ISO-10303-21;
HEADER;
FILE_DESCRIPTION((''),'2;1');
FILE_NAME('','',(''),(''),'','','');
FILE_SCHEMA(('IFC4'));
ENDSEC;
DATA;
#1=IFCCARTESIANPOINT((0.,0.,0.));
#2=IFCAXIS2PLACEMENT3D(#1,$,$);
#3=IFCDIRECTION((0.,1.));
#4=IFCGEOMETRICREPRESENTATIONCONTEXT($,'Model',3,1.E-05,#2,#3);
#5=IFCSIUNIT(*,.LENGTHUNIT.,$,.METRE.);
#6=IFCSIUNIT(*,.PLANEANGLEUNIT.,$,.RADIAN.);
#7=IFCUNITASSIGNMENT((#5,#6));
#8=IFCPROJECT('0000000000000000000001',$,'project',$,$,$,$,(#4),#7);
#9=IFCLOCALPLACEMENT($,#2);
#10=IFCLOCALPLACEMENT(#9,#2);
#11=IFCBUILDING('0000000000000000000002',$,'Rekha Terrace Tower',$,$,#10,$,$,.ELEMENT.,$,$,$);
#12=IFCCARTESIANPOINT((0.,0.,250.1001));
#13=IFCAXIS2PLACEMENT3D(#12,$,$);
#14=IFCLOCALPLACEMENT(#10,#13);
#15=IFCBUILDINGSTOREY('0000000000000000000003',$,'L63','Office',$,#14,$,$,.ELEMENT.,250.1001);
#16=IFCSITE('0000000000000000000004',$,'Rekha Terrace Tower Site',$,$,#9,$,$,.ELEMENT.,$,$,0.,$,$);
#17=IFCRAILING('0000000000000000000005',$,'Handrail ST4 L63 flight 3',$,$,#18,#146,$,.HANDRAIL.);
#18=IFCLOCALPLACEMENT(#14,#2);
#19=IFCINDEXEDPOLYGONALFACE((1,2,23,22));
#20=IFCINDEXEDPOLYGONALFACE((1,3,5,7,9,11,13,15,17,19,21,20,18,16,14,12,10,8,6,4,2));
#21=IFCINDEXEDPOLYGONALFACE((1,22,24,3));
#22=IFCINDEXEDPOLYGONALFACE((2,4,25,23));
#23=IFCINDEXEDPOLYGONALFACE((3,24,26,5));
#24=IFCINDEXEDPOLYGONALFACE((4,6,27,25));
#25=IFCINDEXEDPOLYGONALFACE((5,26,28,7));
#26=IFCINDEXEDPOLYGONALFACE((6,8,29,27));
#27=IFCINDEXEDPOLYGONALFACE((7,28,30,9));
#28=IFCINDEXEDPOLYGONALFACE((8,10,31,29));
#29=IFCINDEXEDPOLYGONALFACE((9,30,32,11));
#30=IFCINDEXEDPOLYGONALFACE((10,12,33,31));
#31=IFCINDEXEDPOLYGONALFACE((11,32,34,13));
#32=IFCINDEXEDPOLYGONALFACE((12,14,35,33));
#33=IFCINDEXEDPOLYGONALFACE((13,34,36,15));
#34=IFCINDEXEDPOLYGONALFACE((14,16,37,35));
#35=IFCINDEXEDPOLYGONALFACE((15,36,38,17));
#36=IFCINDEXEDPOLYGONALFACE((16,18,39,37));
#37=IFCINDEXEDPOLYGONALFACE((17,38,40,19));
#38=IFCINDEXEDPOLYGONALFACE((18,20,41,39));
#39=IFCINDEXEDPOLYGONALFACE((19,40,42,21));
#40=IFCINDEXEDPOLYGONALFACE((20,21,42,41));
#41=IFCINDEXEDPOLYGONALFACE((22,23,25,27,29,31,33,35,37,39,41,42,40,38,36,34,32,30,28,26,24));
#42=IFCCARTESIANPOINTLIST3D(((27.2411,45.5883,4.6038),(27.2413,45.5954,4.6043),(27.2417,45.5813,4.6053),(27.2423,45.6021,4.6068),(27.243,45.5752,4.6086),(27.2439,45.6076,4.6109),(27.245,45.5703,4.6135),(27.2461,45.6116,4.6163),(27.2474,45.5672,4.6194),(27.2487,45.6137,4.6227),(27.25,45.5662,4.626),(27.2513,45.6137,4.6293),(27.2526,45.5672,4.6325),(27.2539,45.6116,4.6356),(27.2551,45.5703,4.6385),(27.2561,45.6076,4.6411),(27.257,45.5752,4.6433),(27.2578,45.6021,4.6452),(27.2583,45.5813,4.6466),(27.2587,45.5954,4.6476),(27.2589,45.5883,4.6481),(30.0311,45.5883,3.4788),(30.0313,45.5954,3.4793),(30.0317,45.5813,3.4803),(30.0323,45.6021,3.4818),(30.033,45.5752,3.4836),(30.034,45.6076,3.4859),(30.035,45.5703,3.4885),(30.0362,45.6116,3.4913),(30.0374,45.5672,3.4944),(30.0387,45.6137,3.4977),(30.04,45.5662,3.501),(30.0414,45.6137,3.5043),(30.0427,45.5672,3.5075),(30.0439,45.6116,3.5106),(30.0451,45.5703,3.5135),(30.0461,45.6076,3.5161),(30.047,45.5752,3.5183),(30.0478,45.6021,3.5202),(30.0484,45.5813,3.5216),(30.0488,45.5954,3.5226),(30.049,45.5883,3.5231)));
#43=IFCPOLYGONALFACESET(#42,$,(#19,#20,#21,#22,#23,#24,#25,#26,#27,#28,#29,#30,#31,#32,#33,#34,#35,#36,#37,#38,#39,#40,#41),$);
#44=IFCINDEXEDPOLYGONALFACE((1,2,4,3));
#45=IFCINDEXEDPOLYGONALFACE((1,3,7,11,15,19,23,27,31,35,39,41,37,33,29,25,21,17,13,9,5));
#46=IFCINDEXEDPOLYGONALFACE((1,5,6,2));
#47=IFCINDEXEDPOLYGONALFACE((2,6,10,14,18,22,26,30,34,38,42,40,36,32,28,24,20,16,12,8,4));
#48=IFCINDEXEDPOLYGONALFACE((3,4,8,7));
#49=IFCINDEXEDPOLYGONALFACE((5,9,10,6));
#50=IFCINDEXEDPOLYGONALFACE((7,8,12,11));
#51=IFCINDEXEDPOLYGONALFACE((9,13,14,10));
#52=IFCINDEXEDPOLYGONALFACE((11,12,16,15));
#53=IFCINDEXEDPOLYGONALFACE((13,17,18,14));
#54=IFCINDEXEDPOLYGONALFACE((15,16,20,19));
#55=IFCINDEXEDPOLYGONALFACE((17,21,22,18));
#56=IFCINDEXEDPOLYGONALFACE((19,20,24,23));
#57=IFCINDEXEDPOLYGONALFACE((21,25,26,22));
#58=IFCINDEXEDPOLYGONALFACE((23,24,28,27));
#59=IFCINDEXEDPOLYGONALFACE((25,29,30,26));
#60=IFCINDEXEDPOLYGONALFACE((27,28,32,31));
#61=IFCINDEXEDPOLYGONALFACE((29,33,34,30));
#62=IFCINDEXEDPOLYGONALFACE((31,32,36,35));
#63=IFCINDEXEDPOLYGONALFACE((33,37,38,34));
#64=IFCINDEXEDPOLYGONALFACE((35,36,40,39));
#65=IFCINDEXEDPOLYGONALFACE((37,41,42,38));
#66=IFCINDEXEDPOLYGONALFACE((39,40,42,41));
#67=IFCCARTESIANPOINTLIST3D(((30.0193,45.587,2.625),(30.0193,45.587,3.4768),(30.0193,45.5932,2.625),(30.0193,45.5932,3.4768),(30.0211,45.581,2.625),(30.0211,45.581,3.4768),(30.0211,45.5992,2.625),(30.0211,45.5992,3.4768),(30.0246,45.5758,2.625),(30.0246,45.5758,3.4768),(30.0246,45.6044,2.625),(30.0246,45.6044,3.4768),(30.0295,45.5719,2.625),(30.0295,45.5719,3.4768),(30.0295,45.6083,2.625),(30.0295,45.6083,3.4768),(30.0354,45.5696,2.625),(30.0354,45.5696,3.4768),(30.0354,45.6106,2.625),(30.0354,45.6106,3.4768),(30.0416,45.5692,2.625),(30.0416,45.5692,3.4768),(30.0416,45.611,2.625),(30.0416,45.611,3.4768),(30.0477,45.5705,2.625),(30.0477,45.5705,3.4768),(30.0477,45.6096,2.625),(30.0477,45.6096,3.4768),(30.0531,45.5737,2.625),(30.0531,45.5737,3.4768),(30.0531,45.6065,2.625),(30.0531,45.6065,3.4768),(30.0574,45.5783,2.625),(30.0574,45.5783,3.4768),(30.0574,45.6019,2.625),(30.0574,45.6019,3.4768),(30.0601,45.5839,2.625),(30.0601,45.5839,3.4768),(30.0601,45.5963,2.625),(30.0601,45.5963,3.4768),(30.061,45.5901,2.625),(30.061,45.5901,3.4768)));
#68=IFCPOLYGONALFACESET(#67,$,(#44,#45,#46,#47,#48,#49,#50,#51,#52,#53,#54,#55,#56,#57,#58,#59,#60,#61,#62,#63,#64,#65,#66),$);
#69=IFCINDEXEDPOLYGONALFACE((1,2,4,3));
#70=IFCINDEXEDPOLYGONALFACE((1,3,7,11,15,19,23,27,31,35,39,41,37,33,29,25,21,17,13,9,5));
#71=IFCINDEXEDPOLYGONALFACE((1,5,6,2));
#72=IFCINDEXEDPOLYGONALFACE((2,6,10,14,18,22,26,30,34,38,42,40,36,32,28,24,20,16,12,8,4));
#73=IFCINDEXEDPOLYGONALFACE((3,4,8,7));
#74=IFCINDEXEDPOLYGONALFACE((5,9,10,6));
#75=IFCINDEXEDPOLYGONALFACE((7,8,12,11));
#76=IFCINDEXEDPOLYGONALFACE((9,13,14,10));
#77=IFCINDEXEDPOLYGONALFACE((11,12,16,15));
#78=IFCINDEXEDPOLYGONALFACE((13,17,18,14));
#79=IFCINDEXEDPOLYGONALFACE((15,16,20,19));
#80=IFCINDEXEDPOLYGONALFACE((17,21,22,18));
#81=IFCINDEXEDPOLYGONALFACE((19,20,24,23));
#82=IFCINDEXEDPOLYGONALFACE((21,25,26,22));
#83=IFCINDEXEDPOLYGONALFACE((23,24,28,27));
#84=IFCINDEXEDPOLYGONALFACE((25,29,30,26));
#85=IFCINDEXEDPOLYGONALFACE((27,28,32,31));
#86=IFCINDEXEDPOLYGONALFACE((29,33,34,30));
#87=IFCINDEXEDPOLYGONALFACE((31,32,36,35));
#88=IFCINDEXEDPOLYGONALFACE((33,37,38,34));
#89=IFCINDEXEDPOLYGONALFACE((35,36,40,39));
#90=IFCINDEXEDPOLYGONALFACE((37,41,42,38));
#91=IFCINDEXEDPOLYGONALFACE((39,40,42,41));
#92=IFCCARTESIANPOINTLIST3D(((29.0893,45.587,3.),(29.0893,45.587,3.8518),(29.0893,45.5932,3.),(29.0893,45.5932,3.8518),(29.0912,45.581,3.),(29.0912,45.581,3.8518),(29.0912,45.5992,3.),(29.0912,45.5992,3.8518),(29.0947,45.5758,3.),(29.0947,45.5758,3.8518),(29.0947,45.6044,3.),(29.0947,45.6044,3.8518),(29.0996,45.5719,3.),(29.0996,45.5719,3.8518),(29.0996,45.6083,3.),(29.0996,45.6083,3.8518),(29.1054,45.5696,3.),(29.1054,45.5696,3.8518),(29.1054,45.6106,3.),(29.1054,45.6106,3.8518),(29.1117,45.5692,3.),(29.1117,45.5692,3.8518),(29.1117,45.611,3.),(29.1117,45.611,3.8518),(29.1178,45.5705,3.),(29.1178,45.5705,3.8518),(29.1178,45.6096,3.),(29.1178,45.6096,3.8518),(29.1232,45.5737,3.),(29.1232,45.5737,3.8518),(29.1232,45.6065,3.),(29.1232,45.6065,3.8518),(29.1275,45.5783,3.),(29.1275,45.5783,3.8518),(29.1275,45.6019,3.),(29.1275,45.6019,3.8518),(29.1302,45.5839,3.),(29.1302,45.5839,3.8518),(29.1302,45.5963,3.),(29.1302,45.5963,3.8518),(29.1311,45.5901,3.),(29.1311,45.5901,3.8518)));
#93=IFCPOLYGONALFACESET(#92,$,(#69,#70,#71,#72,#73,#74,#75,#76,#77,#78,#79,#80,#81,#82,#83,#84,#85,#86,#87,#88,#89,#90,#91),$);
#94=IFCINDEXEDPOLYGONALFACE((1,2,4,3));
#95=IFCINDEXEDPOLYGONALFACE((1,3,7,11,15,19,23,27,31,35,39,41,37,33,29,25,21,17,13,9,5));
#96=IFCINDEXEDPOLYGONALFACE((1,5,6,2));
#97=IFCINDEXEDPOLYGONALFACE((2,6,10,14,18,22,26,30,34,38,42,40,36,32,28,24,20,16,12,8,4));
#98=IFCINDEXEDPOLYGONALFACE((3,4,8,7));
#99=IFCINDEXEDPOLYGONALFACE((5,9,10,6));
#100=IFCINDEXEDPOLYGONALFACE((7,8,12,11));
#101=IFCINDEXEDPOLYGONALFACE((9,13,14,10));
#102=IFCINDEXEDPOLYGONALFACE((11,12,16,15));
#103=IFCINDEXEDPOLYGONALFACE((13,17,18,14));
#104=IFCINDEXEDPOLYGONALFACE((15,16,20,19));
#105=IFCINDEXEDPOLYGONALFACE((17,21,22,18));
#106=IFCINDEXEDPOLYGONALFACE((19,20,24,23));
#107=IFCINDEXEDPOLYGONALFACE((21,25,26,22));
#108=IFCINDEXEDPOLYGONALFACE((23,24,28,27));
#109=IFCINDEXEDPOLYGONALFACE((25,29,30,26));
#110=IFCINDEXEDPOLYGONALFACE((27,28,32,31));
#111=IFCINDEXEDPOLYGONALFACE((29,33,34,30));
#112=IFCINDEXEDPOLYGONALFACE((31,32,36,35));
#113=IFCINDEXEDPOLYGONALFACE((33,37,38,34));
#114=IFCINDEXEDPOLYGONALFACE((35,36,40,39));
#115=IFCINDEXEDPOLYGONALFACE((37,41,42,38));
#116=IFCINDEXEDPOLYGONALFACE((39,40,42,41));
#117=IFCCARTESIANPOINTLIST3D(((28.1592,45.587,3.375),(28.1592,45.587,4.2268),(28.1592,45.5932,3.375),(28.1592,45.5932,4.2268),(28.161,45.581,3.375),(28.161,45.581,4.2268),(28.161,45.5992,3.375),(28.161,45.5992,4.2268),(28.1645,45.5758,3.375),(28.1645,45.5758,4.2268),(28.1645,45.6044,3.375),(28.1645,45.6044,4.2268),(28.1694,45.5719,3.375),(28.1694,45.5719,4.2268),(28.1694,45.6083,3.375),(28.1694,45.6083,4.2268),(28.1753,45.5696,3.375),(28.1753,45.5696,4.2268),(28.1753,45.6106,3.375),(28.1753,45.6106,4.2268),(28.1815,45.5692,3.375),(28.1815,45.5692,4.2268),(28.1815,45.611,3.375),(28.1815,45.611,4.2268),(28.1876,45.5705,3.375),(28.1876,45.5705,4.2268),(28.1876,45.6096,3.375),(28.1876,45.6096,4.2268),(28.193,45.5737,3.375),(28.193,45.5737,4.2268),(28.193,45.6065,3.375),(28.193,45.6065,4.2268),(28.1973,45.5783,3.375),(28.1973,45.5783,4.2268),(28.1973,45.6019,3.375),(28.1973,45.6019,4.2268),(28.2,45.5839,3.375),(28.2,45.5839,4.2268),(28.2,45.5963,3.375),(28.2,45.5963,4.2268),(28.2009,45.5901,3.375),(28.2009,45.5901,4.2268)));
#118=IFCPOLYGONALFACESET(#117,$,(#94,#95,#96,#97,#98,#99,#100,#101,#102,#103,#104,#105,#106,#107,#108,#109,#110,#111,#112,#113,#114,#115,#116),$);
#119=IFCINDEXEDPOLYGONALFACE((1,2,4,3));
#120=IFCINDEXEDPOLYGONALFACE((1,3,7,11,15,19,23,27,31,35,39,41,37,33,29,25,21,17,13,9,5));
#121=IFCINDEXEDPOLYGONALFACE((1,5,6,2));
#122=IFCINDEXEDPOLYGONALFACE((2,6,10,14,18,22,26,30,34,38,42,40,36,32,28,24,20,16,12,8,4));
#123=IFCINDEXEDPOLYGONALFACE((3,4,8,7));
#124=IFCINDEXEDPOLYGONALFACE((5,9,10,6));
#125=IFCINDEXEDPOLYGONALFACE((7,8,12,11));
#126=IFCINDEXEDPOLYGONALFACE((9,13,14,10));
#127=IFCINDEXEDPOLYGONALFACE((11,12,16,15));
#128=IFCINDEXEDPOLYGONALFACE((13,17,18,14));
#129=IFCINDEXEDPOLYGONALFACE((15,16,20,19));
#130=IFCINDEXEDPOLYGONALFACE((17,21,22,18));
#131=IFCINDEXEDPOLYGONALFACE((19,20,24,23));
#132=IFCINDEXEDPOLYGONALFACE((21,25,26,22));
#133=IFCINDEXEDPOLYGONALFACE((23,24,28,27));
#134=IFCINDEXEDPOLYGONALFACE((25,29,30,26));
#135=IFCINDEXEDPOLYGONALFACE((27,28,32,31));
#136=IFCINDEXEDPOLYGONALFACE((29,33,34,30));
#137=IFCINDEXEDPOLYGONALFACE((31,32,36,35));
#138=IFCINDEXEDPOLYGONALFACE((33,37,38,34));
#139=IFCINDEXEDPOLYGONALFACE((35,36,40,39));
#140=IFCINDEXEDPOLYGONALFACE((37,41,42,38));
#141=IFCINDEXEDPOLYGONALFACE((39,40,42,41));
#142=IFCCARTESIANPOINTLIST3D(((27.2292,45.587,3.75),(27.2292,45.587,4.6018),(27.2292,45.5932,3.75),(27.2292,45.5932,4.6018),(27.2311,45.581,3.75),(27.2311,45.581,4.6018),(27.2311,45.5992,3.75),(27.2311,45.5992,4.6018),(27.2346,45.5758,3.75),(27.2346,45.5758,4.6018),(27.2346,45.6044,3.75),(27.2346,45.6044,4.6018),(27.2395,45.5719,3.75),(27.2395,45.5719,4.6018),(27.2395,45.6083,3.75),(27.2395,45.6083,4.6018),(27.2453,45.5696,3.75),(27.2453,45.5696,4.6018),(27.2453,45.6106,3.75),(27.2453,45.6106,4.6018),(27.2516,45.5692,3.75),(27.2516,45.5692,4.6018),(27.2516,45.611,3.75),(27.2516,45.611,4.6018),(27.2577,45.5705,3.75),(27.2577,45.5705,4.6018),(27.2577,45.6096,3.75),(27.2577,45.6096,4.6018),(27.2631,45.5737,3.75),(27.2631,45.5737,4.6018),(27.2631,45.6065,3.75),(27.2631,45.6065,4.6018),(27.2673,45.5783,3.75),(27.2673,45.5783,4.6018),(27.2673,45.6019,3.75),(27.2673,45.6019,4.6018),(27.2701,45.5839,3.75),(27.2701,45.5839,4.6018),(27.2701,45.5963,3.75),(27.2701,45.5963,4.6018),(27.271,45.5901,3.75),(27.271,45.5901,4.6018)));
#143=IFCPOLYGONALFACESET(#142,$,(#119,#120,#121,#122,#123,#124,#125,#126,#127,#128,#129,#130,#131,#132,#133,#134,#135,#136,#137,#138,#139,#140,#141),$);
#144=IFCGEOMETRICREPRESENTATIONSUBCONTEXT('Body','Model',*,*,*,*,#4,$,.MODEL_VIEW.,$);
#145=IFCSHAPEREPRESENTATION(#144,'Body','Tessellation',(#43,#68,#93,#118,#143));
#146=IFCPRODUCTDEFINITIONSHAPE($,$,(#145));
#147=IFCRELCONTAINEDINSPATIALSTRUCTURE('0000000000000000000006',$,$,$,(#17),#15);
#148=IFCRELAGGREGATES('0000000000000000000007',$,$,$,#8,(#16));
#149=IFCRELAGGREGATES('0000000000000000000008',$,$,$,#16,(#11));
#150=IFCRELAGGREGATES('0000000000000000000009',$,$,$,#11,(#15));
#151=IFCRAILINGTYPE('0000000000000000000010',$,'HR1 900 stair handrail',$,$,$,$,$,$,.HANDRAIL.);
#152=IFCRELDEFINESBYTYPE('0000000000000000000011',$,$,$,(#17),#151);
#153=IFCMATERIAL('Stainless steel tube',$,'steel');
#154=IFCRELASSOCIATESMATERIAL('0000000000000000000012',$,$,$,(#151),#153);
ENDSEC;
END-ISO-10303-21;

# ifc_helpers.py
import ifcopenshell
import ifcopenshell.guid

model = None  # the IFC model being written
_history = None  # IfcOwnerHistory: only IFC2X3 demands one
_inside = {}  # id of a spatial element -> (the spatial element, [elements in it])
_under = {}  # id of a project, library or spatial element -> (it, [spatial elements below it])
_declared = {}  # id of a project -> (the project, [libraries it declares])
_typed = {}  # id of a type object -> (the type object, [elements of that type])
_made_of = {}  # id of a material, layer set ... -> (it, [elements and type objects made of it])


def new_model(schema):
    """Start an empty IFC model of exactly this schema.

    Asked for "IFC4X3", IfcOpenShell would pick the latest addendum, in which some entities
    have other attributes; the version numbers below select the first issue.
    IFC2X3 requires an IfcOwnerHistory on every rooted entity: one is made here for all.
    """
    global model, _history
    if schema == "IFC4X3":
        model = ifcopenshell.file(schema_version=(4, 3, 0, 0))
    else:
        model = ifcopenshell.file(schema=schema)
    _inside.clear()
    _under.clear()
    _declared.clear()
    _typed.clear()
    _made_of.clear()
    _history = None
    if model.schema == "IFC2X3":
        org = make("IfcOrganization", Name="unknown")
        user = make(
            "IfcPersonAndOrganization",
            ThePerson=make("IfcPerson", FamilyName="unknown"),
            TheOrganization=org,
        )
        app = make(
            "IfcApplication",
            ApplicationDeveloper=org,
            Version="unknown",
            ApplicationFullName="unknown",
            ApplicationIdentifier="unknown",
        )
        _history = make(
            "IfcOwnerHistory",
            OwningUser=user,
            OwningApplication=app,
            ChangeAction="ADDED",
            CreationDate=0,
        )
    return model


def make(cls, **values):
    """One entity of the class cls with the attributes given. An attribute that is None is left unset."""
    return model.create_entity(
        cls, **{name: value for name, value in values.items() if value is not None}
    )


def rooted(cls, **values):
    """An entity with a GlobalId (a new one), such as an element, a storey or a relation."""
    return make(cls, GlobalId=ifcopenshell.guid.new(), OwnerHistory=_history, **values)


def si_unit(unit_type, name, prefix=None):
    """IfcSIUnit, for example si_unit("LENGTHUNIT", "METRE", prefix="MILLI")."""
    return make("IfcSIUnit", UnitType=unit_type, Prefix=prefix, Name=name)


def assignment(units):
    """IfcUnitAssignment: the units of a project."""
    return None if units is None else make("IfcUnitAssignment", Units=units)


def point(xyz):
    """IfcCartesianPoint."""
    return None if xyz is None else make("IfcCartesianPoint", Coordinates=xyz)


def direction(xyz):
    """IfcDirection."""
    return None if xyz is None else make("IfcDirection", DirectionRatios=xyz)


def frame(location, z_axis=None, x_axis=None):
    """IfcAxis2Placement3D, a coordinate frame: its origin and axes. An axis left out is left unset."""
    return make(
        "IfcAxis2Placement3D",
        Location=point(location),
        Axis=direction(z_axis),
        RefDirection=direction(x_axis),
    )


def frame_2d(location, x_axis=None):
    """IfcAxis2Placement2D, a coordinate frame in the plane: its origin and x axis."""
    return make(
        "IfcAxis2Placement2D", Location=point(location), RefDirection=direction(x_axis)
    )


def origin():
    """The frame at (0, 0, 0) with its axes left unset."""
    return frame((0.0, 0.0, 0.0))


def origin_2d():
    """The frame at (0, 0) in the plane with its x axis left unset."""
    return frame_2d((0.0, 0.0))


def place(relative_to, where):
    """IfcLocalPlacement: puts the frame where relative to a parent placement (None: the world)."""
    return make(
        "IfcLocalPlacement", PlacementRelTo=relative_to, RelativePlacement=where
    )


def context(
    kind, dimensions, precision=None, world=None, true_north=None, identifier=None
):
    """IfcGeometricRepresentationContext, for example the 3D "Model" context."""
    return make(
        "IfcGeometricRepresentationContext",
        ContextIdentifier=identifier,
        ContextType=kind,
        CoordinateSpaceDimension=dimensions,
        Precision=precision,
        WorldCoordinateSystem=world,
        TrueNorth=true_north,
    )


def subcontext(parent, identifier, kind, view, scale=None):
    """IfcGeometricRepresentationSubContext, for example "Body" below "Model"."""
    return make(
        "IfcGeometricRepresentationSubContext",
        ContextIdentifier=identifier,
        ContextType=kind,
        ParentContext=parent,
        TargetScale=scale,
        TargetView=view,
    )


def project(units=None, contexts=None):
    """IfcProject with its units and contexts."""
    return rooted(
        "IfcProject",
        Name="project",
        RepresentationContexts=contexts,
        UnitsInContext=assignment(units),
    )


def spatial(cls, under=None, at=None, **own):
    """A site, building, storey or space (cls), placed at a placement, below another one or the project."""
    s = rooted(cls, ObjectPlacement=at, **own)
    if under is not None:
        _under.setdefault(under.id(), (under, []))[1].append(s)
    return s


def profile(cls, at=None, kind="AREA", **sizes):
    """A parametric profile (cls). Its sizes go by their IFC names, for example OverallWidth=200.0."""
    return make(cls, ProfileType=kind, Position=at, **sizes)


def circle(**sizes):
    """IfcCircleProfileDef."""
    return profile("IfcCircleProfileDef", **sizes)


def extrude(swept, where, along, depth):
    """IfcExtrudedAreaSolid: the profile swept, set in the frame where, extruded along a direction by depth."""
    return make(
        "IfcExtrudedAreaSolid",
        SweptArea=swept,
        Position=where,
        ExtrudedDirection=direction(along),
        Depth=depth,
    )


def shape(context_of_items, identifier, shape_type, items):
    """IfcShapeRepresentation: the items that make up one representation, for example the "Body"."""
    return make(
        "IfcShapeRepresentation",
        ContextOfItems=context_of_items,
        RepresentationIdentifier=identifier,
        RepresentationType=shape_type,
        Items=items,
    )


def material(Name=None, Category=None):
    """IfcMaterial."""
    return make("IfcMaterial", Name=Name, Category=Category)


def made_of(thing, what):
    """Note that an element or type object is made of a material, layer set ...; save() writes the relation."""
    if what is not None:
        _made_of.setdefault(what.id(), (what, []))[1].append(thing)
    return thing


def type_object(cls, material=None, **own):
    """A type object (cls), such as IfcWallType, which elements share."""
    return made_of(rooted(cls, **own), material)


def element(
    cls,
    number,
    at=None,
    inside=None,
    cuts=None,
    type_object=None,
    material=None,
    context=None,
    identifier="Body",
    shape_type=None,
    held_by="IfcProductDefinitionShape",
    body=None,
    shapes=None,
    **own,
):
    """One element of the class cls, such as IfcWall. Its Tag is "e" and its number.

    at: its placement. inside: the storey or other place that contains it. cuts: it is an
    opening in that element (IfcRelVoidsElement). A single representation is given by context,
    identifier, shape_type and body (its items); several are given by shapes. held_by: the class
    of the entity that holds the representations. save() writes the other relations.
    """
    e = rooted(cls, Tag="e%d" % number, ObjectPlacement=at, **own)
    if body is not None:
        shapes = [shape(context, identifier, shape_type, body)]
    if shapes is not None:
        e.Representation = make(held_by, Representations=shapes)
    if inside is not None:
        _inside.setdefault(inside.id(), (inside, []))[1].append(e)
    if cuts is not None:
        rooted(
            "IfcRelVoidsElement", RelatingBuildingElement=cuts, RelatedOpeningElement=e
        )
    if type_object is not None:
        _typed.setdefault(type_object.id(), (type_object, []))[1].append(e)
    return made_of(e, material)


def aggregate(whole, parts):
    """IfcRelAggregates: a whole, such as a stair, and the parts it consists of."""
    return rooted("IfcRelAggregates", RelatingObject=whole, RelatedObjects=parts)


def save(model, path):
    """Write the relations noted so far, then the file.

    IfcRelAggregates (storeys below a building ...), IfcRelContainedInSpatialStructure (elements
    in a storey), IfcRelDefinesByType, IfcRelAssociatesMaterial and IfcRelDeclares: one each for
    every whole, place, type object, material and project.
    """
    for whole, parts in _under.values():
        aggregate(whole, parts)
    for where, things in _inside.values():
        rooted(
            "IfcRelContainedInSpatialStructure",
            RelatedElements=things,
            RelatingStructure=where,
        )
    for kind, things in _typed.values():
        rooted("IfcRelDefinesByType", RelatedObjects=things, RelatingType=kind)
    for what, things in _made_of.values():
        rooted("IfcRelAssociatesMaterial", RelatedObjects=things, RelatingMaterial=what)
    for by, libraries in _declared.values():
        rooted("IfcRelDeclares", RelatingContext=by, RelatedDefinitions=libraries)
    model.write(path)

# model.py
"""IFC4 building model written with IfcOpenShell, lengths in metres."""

from ifc_helpers import new_model, si_unit, direction, frame, origin, origin_2d, place, context, subcontext, project, spatial, circle, extrude, material, type_object, element, save


model = new_model("IFC4")

# Units and contexts
model_context = context("Model", 3, precision=1e-05, world=origin(), true_north=direction((0.0, 1.0)))
body_context = subcontext(model_context, "Body", "Model", "MODEL_VIEW")
ifc_project = project(units=[si_unit("LENGTHUNIT", "METRE"), si_unit("PLANEANGLEUNIT", "RADIAN")], contexts=[model_context])

# Site, building, storey
site_placement = place(None, origin())
site = spatial("IfcSite", under=ifc_project, at=site_placement, Name="Rekha Terrace Tower Site", CompositionType="ELEMENT", RefElevation=0.0)
building_placement = place(site_placement, origin())
building = spatial("IfcBuilding", under=site, at=building_placement, Name="Rekha Terrace Tower", CompositionType="ELEMENT")
storey_placement = place(building_placement, frame((0.0, 0.0, 250.1001)))
storey = spatial("IfcBuildingStorey", under=building, at=storey_placement, Name="L63", Description="Office", CompositionType="ELEMENT", Elevation=250.1001)

# Railing
ifc_material_1 = material(Name="Stainless steel tube", Category="steel")
railing_type_1 = type_object("IfcRailingType", Name="HR1 900 stair handrail", PredefinedType="HANDRAIL", material=ifc_material_1)
railing_1_placement = place(storey_placement, frame((30.04, 45.5901, 2.625)))
element("IfcRailing", 1, at=railing_1_placement, inside=storey, type_object=railing_type_1, Name="Handrail ST4 L63 flight 3", PredefinedType="HANDRAIL", context=body_context, shape_type="SweptSolid", body=[
    extrude(circle(Radius=0.0239, at=origin_2d()), frame((0.0, 0.0, 0.876), z_axis=(-0.927443, 0.0, 0.373964), x_axis=(0.0, -1.0, 0.0)), (0.0, 0.0, 1.0), 3.0083),
    extrude(circle(Radius=0.021, at=origin_2d()), origin(), (0.0, 0.0, 1.0), 0.8518),
    extrude(circle(Radius=0.021, at=origin_2d()), frame((-0.9299, 0.0, 0.375)), (0.0, 0.0, 1.0), 0.8518),
    extrude(circle(Radius=0.021, at=origin_2d()), frame((-1.8601, 0.0, 0.75)), (0.0, 0.0, 1.0), 0.8518),
    extrude(circle(Radius=0.021, at=origin_2d()), frame((-2.79, 0.0, 1.125)), (0.0, 0.0, 1.0), 0.8518),
])

save(model, "model.ifc")
